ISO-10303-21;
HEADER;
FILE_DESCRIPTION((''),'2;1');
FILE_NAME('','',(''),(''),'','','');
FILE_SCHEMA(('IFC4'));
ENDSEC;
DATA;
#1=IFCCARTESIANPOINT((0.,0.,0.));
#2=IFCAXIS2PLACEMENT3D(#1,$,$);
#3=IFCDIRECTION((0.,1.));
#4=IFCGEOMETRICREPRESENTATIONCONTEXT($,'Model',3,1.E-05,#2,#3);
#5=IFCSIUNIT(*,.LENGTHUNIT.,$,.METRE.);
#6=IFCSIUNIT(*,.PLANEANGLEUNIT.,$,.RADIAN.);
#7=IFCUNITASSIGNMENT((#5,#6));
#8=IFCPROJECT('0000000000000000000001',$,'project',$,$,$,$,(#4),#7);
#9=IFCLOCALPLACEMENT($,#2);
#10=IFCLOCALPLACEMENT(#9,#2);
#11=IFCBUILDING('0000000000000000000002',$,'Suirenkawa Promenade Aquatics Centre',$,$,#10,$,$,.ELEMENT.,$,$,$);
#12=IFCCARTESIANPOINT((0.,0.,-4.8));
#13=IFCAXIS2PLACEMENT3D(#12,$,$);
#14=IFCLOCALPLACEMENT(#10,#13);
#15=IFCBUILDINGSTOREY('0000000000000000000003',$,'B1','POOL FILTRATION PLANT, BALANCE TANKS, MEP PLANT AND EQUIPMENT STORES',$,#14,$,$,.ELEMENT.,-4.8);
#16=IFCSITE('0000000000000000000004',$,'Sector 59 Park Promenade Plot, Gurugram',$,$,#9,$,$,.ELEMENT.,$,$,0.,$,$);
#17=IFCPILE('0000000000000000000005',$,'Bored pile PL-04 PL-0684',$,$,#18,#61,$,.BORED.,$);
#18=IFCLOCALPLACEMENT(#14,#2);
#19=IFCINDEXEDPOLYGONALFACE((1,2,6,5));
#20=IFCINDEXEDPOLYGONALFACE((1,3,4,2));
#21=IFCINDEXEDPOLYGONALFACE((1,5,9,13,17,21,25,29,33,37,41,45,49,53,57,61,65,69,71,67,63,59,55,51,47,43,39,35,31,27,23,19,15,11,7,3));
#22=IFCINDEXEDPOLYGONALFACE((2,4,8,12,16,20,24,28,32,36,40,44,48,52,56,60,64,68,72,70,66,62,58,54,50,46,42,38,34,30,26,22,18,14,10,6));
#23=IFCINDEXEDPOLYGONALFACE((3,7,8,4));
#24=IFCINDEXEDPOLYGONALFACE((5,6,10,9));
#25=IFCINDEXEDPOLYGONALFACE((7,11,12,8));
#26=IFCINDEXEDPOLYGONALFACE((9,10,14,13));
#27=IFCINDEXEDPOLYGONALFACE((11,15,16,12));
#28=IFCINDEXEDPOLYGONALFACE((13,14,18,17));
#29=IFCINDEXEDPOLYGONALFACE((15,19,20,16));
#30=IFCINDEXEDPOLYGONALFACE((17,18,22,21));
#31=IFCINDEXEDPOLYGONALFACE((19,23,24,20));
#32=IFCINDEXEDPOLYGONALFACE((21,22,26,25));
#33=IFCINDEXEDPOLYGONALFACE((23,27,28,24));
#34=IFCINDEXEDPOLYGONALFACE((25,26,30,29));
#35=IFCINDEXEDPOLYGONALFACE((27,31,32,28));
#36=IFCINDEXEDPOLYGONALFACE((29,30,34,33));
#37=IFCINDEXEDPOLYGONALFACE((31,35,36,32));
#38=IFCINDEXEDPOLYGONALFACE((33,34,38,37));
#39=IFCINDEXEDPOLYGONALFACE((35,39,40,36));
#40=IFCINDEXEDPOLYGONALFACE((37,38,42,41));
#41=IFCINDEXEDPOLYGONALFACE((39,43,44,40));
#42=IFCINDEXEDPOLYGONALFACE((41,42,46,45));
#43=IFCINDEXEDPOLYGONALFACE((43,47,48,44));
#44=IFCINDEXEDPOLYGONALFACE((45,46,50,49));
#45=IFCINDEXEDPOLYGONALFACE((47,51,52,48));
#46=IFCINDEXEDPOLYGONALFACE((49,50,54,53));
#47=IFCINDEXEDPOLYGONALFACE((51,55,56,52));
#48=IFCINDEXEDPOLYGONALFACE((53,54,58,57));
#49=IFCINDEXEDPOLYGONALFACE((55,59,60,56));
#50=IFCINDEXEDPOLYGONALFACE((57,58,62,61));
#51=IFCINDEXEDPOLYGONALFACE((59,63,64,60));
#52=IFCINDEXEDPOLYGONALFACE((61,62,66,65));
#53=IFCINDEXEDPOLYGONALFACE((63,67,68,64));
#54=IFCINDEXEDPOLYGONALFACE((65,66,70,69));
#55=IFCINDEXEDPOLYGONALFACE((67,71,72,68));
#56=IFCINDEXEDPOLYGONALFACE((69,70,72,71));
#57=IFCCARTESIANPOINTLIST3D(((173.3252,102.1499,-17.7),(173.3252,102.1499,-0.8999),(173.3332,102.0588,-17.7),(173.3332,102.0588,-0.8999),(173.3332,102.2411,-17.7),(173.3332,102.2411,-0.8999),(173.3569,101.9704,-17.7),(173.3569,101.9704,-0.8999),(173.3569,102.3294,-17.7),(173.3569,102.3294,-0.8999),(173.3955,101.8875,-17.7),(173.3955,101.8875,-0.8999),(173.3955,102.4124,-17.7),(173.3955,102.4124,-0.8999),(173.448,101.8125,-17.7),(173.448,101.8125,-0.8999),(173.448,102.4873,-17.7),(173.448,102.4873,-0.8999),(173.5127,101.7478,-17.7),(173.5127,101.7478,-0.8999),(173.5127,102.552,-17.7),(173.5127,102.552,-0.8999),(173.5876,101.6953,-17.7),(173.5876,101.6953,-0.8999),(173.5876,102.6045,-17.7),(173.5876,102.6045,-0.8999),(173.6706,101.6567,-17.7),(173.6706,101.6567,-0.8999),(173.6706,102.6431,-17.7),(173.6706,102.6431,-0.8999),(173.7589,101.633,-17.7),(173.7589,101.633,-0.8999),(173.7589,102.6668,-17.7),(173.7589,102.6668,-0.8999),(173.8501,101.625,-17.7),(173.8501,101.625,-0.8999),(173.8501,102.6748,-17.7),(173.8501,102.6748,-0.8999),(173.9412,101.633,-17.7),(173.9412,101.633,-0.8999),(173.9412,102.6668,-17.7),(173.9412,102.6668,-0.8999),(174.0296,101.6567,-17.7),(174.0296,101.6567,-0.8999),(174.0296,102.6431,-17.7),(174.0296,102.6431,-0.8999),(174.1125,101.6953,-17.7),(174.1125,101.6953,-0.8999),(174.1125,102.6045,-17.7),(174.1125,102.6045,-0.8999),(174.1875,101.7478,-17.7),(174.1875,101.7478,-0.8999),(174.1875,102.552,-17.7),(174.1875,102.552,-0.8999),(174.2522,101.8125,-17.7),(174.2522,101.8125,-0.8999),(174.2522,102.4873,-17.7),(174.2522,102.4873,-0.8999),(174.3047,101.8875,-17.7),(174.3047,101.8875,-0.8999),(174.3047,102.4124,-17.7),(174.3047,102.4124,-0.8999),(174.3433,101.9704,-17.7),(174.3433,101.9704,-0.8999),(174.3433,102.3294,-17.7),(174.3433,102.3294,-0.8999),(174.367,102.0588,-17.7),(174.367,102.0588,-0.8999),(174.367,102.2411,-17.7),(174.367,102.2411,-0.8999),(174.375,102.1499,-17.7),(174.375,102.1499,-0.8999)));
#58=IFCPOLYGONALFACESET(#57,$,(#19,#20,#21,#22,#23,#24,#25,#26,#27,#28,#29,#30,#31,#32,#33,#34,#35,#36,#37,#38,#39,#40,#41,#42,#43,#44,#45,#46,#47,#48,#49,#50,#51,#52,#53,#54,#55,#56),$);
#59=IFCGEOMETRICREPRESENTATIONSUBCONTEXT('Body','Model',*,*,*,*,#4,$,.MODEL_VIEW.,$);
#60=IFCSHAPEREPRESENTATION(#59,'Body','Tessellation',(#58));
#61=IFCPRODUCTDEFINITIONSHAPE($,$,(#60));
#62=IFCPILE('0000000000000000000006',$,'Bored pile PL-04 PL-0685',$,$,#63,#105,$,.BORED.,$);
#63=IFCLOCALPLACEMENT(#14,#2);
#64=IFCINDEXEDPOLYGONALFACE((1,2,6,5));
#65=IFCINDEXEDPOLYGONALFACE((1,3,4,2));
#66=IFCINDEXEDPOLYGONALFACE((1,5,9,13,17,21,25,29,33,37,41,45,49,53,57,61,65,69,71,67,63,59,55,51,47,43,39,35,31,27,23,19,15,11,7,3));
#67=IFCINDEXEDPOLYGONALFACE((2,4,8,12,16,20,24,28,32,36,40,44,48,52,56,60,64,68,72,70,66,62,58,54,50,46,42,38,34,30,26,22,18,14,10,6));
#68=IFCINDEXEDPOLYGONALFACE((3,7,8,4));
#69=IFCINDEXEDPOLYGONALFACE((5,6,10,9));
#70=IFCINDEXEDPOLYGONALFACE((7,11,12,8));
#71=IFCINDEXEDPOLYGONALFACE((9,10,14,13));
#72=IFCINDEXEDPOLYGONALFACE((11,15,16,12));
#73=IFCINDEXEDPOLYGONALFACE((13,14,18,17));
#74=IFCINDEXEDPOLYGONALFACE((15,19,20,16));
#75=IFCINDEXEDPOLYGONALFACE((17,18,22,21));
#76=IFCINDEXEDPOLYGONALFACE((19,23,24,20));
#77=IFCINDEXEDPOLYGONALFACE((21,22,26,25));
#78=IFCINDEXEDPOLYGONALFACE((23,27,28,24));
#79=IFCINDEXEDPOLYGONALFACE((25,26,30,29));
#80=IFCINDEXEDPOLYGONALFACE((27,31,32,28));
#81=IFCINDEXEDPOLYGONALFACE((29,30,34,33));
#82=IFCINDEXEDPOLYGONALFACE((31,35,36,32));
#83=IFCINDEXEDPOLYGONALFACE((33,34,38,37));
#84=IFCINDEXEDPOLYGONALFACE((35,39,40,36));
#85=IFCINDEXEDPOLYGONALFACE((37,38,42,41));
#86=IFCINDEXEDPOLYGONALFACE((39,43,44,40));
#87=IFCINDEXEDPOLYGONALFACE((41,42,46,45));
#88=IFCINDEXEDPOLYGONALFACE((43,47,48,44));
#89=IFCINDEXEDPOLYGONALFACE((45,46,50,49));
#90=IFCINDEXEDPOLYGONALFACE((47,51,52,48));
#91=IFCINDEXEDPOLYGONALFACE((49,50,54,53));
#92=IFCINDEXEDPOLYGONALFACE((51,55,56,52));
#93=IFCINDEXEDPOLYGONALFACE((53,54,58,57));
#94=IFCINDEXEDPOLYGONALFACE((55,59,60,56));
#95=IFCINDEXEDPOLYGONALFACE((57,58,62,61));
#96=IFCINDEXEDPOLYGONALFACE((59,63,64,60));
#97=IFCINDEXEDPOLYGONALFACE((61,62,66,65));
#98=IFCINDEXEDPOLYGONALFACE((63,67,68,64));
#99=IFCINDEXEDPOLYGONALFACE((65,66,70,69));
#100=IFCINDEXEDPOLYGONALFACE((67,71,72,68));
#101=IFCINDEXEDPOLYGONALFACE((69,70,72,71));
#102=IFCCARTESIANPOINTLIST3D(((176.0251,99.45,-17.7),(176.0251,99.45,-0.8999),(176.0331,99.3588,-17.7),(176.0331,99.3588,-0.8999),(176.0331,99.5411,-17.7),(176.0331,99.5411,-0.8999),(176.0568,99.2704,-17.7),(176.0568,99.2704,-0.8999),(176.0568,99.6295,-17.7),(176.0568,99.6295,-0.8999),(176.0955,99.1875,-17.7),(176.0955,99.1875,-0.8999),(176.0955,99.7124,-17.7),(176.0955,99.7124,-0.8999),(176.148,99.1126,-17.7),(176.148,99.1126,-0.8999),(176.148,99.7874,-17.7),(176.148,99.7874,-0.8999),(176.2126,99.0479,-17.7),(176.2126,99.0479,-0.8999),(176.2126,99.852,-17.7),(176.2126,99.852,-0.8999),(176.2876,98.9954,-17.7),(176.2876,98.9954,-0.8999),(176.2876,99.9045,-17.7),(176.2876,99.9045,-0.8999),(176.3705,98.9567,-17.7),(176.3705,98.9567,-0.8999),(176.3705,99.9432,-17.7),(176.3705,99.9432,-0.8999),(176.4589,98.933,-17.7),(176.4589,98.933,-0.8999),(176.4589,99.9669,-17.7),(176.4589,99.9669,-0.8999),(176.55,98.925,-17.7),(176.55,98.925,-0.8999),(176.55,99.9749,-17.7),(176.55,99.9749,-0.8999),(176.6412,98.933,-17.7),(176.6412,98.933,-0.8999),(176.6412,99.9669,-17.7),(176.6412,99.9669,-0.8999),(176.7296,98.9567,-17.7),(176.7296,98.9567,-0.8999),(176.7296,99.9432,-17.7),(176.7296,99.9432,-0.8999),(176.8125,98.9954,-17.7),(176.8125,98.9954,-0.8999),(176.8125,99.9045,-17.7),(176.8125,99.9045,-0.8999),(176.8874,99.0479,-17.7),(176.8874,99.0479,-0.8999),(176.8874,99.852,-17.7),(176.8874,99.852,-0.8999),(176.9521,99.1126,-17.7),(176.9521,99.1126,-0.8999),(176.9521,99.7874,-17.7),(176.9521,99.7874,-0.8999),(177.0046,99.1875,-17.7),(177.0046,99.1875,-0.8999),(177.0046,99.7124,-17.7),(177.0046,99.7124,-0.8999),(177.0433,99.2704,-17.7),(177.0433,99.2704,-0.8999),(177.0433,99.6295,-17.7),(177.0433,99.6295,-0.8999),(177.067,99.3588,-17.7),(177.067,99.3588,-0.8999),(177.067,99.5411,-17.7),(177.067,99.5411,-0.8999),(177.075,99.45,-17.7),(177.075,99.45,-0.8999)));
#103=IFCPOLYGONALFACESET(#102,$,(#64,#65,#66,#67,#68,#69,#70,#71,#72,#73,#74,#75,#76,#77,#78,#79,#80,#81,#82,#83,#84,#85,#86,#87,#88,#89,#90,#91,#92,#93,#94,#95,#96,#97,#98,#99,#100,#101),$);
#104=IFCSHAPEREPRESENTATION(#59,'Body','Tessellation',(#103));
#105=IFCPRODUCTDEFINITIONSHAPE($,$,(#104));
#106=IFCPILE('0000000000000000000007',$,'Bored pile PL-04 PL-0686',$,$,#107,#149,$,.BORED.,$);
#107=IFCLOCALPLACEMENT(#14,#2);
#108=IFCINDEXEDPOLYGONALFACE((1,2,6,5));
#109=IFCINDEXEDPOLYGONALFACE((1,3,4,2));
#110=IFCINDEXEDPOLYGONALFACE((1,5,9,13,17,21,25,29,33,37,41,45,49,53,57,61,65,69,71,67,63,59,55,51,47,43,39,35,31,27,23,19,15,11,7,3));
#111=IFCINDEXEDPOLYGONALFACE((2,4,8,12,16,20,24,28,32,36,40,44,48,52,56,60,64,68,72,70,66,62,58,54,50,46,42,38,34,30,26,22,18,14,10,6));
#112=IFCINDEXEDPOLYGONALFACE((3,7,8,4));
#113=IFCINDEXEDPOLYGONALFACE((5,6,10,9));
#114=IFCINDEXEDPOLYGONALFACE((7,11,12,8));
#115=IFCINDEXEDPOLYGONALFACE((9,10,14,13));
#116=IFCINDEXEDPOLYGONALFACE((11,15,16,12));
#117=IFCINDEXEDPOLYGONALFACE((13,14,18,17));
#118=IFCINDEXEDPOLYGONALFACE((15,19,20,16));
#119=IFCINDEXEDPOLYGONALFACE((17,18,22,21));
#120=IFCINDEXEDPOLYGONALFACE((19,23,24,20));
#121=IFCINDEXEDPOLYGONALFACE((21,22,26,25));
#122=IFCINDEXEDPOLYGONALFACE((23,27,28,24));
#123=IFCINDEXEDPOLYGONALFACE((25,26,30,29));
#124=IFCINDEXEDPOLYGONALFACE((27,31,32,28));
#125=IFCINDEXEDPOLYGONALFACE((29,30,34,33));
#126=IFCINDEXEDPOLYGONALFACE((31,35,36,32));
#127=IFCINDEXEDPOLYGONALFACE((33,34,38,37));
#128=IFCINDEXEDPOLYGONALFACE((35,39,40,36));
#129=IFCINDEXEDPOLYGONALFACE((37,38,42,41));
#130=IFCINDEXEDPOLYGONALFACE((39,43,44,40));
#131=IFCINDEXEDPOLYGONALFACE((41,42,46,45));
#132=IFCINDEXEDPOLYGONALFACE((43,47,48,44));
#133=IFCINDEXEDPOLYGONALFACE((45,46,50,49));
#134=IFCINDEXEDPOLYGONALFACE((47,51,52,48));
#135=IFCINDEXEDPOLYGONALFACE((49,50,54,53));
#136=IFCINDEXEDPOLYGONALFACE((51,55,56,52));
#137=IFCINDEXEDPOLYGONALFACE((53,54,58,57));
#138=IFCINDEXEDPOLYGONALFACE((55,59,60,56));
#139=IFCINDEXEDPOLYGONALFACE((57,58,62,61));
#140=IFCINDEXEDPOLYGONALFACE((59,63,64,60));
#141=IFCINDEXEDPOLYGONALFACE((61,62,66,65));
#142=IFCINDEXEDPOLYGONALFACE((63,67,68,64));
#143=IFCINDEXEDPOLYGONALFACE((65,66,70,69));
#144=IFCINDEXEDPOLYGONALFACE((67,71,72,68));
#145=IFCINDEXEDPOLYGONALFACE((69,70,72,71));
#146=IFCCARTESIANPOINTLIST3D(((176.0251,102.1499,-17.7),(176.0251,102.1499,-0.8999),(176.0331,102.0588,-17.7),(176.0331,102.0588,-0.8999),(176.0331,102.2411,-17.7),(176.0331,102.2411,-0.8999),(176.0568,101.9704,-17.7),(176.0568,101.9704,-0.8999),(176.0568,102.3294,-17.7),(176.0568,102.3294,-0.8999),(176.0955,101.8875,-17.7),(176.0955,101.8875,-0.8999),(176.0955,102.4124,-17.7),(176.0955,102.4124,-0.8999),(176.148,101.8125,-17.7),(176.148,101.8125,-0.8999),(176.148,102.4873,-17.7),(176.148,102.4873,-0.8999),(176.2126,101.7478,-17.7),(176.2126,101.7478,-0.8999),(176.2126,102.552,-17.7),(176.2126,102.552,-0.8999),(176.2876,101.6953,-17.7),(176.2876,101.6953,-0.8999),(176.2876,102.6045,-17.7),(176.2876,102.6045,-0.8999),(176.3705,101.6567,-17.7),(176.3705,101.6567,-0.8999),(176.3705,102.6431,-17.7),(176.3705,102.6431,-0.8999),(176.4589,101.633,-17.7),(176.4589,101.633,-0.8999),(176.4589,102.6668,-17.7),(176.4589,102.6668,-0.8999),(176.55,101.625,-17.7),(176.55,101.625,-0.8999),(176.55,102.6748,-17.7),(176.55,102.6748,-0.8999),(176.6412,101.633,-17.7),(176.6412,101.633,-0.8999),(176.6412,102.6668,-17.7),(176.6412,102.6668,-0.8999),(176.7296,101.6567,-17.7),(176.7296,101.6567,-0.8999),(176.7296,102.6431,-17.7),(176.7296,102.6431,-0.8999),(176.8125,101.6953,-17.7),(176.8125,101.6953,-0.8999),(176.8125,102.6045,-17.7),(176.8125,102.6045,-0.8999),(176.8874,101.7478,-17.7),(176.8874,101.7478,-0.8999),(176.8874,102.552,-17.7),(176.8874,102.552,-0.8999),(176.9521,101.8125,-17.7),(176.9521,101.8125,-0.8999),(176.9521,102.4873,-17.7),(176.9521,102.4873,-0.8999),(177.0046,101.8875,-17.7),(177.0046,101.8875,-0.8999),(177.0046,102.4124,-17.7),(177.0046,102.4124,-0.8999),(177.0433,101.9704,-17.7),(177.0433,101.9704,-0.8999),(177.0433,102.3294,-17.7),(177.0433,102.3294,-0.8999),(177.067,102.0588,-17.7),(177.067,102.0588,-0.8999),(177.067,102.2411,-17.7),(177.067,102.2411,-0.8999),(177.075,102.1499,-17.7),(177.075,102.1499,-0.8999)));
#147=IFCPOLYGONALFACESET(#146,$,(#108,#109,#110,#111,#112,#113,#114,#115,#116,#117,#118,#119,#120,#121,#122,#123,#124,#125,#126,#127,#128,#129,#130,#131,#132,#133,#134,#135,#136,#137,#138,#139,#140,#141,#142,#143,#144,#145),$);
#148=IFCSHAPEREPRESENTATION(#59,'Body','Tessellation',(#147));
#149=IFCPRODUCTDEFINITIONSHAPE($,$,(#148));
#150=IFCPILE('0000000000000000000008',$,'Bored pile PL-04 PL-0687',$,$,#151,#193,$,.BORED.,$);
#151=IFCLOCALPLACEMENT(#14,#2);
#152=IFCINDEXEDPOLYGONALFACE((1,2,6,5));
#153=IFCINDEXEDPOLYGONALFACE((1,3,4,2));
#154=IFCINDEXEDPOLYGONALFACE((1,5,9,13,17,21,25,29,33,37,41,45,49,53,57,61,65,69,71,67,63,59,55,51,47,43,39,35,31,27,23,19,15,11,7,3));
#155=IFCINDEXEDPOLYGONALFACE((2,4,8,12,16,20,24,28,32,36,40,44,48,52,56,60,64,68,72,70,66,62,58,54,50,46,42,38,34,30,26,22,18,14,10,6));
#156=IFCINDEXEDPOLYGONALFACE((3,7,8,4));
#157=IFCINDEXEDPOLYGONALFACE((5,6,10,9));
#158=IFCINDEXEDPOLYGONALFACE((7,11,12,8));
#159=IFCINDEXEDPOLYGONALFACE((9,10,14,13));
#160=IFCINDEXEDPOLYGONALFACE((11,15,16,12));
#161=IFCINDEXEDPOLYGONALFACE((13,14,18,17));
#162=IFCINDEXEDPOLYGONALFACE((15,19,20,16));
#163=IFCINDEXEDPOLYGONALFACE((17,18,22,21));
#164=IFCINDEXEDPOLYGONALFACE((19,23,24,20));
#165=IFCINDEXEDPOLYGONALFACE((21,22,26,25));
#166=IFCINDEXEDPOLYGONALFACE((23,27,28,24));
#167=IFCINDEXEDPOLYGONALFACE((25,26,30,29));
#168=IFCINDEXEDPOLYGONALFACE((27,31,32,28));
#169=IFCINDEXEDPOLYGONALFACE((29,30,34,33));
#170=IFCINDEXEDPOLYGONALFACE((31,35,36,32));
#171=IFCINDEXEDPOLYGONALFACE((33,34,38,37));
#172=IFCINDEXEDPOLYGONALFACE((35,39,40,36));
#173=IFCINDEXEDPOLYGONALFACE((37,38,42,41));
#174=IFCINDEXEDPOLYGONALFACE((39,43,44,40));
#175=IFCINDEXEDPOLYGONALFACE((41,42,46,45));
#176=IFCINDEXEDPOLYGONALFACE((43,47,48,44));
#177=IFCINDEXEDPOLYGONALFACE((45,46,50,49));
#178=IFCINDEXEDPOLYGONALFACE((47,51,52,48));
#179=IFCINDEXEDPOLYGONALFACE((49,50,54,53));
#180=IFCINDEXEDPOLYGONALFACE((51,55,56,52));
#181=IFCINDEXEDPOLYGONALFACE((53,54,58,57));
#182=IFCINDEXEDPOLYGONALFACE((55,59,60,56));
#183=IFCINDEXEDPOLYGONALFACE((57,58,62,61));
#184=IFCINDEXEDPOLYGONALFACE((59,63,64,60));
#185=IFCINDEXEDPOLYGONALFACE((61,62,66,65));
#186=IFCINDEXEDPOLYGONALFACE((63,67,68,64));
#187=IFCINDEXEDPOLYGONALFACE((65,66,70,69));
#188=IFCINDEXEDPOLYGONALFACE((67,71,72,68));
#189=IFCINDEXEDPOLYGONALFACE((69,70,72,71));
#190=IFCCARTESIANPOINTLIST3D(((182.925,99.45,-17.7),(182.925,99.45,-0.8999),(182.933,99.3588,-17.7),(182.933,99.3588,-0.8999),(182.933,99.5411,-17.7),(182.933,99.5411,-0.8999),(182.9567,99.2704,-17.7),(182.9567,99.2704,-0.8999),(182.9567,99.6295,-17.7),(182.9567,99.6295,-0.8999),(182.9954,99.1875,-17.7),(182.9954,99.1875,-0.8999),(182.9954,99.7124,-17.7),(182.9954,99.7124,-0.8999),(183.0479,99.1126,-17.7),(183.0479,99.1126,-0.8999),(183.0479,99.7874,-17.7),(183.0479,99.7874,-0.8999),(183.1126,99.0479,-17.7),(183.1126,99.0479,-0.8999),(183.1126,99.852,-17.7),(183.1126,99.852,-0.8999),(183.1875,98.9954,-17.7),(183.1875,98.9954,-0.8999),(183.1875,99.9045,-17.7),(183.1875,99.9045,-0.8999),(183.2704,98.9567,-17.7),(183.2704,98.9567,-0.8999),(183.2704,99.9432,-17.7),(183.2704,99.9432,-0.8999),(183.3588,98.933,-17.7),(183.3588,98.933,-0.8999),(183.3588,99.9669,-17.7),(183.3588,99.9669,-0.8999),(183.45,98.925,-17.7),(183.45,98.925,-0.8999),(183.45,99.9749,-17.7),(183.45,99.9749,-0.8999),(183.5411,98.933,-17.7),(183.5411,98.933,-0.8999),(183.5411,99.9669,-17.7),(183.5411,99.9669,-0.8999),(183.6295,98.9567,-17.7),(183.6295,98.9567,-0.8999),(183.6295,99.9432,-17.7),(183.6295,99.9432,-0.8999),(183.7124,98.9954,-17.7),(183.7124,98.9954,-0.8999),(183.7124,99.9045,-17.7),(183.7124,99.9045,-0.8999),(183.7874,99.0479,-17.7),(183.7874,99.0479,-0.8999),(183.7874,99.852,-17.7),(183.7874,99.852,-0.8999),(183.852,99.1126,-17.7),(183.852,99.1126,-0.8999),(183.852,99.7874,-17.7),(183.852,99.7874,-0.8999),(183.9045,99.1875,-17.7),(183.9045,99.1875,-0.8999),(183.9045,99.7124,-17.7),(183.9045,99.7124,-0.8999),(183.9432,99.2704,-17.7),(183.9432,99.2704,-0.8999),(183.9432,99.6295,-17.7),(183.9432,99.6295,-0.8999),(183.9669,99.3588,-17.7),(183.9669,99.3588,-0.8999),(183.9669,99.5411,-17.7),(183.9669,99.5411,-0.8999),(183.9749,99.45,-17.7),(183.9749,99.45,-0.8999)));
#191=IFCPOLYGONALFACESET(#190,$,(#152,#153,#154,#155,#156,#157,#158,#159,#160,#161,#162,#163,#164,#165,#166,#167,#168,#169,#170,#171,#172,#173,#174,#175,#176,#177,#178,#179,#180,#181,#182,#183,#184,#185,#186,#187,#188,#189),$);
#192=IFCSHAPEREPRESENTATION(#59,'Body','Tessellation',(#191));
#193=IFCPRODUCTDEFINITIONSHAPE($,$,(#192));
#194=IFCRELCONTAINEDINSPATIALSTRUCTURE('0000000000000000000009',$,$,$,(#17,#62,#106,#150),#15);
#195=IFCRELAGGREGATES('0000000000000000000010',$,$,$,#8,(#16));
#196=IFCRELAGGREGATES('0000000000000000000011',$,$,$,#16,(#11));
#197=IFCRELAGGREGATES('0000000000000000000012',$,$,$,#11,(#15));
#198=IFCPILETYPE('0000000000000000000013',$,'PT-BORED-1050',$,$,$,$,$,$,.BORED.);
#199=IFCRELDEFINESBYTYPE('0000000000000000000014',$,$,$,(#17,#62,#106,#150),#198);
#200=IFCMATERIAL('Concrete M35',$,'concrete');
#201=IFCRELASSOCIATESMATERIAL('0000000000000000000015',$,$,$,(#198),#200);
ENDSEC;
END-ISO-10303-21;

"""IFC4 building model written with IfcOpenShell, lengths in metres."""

from ifc_helpers import new_model, si_unit, direction, frame, origin, origin_2d, place, context, subcontext, project, spatial, circle, extrude, material, material_profile, profile_set, type_object, element, save


model = new_model("IFC4")

# Units and contexts
model_context = context("Model", 3, precision=1e-05, world=origin(), true_north=direction((0.0, 1.0)))
body_context = subcontext(model_context, "Body", "Model", "MODEL_VIEW")
ifc_project = project(units=[si_unit("LENGTHUNIT", "METRE"), si_unit("PLANEANGLEUNIT", "RADIAN")], contexts=[model_context])

# Site, building, storey
site_placement = place(None, origin())
site = spatial("IfcSite", under=ifc_project, at=site_placement, Name="Sector 59 Park Promenade Plot, Gurugram", CompositionType="ELEMENT", RefElevation=0.0)
building_placement = place(site_placement, origin())
building = spatial("IfcBuilding", under=site, at=building_placement, Name="Suirenkawa Promenade Aquatics Centre", CompositionType="ELEMENT")
storey_placement = place(building_placement, frame((0.0, 0.0, -4.8)))
storey = spatial("IfcBuildingStorey", under=building, at=storey_placement, Name="B1", Description="POOL FILTRATION PLANT, BALANCE TANKS, MEP PLANT AND EQUIPMENT STORES", CompositionType="ELEMENT", Elevation=-4.8)

# Shared definitions
ifc_material_1 = material(Name="Concrete M35", Category="concrete")

# Piles
ifc_material_profile_1 = material_profile(ifc_material_1, circle(Radius=0.5249, at=origin_2d()), Name="PILE D1050", Category="concrete")
ifc_profile_set_1 = profile_set([ifc_material_profile_1], Name="Concrete M35")
pile_type_1 = type_object("IfcPileType", Name="PT-BORED-1050", PredefinedType="BORED", material=ifc_profile_set_1)
for number, where, z_axis, x_axis, name in (
    (1, (173.8501, 102.1499, -0.8999), (0.0, 0.0, -1.0), (1.0, 0.0, 0.0), "Bored pile PL-04 PL-0684"),
    (2, (176.55, 99.45, -0.8999), (0.0, 0.0, -1.0), (1.0, 0.0, 0.0), "Bored pile PL-04 PL-0685"),
    (3, (176.55, 102.1499, -0.8999), (0.0, 0.0, -1.0), (1.0, 0.0, 0.0), "Bored pile PL-04 PL-0686"),
    (4, (183.45, 99.45, -0.8999), (0.0, 0.0, -1.0), (1.0, 0.0, 0.0), "Bored pile PL-04 PL-0687"),
):
    element("IfcPile", number, at=place(storey_placement, frame(where, z_axis=z_axis, x_axis=x_axis)), inside=storey, type_object=pile_type_1, Name=name, PredefinedType="BORED", context=body_context, shape_type="SweptSolid", body=[
        extrude(circle(Radius=0.5249, at=origin_2d()), origin(), (0.0, 0.0, 1.0), 16.8),
    ])

save(model, "model.ifc")
